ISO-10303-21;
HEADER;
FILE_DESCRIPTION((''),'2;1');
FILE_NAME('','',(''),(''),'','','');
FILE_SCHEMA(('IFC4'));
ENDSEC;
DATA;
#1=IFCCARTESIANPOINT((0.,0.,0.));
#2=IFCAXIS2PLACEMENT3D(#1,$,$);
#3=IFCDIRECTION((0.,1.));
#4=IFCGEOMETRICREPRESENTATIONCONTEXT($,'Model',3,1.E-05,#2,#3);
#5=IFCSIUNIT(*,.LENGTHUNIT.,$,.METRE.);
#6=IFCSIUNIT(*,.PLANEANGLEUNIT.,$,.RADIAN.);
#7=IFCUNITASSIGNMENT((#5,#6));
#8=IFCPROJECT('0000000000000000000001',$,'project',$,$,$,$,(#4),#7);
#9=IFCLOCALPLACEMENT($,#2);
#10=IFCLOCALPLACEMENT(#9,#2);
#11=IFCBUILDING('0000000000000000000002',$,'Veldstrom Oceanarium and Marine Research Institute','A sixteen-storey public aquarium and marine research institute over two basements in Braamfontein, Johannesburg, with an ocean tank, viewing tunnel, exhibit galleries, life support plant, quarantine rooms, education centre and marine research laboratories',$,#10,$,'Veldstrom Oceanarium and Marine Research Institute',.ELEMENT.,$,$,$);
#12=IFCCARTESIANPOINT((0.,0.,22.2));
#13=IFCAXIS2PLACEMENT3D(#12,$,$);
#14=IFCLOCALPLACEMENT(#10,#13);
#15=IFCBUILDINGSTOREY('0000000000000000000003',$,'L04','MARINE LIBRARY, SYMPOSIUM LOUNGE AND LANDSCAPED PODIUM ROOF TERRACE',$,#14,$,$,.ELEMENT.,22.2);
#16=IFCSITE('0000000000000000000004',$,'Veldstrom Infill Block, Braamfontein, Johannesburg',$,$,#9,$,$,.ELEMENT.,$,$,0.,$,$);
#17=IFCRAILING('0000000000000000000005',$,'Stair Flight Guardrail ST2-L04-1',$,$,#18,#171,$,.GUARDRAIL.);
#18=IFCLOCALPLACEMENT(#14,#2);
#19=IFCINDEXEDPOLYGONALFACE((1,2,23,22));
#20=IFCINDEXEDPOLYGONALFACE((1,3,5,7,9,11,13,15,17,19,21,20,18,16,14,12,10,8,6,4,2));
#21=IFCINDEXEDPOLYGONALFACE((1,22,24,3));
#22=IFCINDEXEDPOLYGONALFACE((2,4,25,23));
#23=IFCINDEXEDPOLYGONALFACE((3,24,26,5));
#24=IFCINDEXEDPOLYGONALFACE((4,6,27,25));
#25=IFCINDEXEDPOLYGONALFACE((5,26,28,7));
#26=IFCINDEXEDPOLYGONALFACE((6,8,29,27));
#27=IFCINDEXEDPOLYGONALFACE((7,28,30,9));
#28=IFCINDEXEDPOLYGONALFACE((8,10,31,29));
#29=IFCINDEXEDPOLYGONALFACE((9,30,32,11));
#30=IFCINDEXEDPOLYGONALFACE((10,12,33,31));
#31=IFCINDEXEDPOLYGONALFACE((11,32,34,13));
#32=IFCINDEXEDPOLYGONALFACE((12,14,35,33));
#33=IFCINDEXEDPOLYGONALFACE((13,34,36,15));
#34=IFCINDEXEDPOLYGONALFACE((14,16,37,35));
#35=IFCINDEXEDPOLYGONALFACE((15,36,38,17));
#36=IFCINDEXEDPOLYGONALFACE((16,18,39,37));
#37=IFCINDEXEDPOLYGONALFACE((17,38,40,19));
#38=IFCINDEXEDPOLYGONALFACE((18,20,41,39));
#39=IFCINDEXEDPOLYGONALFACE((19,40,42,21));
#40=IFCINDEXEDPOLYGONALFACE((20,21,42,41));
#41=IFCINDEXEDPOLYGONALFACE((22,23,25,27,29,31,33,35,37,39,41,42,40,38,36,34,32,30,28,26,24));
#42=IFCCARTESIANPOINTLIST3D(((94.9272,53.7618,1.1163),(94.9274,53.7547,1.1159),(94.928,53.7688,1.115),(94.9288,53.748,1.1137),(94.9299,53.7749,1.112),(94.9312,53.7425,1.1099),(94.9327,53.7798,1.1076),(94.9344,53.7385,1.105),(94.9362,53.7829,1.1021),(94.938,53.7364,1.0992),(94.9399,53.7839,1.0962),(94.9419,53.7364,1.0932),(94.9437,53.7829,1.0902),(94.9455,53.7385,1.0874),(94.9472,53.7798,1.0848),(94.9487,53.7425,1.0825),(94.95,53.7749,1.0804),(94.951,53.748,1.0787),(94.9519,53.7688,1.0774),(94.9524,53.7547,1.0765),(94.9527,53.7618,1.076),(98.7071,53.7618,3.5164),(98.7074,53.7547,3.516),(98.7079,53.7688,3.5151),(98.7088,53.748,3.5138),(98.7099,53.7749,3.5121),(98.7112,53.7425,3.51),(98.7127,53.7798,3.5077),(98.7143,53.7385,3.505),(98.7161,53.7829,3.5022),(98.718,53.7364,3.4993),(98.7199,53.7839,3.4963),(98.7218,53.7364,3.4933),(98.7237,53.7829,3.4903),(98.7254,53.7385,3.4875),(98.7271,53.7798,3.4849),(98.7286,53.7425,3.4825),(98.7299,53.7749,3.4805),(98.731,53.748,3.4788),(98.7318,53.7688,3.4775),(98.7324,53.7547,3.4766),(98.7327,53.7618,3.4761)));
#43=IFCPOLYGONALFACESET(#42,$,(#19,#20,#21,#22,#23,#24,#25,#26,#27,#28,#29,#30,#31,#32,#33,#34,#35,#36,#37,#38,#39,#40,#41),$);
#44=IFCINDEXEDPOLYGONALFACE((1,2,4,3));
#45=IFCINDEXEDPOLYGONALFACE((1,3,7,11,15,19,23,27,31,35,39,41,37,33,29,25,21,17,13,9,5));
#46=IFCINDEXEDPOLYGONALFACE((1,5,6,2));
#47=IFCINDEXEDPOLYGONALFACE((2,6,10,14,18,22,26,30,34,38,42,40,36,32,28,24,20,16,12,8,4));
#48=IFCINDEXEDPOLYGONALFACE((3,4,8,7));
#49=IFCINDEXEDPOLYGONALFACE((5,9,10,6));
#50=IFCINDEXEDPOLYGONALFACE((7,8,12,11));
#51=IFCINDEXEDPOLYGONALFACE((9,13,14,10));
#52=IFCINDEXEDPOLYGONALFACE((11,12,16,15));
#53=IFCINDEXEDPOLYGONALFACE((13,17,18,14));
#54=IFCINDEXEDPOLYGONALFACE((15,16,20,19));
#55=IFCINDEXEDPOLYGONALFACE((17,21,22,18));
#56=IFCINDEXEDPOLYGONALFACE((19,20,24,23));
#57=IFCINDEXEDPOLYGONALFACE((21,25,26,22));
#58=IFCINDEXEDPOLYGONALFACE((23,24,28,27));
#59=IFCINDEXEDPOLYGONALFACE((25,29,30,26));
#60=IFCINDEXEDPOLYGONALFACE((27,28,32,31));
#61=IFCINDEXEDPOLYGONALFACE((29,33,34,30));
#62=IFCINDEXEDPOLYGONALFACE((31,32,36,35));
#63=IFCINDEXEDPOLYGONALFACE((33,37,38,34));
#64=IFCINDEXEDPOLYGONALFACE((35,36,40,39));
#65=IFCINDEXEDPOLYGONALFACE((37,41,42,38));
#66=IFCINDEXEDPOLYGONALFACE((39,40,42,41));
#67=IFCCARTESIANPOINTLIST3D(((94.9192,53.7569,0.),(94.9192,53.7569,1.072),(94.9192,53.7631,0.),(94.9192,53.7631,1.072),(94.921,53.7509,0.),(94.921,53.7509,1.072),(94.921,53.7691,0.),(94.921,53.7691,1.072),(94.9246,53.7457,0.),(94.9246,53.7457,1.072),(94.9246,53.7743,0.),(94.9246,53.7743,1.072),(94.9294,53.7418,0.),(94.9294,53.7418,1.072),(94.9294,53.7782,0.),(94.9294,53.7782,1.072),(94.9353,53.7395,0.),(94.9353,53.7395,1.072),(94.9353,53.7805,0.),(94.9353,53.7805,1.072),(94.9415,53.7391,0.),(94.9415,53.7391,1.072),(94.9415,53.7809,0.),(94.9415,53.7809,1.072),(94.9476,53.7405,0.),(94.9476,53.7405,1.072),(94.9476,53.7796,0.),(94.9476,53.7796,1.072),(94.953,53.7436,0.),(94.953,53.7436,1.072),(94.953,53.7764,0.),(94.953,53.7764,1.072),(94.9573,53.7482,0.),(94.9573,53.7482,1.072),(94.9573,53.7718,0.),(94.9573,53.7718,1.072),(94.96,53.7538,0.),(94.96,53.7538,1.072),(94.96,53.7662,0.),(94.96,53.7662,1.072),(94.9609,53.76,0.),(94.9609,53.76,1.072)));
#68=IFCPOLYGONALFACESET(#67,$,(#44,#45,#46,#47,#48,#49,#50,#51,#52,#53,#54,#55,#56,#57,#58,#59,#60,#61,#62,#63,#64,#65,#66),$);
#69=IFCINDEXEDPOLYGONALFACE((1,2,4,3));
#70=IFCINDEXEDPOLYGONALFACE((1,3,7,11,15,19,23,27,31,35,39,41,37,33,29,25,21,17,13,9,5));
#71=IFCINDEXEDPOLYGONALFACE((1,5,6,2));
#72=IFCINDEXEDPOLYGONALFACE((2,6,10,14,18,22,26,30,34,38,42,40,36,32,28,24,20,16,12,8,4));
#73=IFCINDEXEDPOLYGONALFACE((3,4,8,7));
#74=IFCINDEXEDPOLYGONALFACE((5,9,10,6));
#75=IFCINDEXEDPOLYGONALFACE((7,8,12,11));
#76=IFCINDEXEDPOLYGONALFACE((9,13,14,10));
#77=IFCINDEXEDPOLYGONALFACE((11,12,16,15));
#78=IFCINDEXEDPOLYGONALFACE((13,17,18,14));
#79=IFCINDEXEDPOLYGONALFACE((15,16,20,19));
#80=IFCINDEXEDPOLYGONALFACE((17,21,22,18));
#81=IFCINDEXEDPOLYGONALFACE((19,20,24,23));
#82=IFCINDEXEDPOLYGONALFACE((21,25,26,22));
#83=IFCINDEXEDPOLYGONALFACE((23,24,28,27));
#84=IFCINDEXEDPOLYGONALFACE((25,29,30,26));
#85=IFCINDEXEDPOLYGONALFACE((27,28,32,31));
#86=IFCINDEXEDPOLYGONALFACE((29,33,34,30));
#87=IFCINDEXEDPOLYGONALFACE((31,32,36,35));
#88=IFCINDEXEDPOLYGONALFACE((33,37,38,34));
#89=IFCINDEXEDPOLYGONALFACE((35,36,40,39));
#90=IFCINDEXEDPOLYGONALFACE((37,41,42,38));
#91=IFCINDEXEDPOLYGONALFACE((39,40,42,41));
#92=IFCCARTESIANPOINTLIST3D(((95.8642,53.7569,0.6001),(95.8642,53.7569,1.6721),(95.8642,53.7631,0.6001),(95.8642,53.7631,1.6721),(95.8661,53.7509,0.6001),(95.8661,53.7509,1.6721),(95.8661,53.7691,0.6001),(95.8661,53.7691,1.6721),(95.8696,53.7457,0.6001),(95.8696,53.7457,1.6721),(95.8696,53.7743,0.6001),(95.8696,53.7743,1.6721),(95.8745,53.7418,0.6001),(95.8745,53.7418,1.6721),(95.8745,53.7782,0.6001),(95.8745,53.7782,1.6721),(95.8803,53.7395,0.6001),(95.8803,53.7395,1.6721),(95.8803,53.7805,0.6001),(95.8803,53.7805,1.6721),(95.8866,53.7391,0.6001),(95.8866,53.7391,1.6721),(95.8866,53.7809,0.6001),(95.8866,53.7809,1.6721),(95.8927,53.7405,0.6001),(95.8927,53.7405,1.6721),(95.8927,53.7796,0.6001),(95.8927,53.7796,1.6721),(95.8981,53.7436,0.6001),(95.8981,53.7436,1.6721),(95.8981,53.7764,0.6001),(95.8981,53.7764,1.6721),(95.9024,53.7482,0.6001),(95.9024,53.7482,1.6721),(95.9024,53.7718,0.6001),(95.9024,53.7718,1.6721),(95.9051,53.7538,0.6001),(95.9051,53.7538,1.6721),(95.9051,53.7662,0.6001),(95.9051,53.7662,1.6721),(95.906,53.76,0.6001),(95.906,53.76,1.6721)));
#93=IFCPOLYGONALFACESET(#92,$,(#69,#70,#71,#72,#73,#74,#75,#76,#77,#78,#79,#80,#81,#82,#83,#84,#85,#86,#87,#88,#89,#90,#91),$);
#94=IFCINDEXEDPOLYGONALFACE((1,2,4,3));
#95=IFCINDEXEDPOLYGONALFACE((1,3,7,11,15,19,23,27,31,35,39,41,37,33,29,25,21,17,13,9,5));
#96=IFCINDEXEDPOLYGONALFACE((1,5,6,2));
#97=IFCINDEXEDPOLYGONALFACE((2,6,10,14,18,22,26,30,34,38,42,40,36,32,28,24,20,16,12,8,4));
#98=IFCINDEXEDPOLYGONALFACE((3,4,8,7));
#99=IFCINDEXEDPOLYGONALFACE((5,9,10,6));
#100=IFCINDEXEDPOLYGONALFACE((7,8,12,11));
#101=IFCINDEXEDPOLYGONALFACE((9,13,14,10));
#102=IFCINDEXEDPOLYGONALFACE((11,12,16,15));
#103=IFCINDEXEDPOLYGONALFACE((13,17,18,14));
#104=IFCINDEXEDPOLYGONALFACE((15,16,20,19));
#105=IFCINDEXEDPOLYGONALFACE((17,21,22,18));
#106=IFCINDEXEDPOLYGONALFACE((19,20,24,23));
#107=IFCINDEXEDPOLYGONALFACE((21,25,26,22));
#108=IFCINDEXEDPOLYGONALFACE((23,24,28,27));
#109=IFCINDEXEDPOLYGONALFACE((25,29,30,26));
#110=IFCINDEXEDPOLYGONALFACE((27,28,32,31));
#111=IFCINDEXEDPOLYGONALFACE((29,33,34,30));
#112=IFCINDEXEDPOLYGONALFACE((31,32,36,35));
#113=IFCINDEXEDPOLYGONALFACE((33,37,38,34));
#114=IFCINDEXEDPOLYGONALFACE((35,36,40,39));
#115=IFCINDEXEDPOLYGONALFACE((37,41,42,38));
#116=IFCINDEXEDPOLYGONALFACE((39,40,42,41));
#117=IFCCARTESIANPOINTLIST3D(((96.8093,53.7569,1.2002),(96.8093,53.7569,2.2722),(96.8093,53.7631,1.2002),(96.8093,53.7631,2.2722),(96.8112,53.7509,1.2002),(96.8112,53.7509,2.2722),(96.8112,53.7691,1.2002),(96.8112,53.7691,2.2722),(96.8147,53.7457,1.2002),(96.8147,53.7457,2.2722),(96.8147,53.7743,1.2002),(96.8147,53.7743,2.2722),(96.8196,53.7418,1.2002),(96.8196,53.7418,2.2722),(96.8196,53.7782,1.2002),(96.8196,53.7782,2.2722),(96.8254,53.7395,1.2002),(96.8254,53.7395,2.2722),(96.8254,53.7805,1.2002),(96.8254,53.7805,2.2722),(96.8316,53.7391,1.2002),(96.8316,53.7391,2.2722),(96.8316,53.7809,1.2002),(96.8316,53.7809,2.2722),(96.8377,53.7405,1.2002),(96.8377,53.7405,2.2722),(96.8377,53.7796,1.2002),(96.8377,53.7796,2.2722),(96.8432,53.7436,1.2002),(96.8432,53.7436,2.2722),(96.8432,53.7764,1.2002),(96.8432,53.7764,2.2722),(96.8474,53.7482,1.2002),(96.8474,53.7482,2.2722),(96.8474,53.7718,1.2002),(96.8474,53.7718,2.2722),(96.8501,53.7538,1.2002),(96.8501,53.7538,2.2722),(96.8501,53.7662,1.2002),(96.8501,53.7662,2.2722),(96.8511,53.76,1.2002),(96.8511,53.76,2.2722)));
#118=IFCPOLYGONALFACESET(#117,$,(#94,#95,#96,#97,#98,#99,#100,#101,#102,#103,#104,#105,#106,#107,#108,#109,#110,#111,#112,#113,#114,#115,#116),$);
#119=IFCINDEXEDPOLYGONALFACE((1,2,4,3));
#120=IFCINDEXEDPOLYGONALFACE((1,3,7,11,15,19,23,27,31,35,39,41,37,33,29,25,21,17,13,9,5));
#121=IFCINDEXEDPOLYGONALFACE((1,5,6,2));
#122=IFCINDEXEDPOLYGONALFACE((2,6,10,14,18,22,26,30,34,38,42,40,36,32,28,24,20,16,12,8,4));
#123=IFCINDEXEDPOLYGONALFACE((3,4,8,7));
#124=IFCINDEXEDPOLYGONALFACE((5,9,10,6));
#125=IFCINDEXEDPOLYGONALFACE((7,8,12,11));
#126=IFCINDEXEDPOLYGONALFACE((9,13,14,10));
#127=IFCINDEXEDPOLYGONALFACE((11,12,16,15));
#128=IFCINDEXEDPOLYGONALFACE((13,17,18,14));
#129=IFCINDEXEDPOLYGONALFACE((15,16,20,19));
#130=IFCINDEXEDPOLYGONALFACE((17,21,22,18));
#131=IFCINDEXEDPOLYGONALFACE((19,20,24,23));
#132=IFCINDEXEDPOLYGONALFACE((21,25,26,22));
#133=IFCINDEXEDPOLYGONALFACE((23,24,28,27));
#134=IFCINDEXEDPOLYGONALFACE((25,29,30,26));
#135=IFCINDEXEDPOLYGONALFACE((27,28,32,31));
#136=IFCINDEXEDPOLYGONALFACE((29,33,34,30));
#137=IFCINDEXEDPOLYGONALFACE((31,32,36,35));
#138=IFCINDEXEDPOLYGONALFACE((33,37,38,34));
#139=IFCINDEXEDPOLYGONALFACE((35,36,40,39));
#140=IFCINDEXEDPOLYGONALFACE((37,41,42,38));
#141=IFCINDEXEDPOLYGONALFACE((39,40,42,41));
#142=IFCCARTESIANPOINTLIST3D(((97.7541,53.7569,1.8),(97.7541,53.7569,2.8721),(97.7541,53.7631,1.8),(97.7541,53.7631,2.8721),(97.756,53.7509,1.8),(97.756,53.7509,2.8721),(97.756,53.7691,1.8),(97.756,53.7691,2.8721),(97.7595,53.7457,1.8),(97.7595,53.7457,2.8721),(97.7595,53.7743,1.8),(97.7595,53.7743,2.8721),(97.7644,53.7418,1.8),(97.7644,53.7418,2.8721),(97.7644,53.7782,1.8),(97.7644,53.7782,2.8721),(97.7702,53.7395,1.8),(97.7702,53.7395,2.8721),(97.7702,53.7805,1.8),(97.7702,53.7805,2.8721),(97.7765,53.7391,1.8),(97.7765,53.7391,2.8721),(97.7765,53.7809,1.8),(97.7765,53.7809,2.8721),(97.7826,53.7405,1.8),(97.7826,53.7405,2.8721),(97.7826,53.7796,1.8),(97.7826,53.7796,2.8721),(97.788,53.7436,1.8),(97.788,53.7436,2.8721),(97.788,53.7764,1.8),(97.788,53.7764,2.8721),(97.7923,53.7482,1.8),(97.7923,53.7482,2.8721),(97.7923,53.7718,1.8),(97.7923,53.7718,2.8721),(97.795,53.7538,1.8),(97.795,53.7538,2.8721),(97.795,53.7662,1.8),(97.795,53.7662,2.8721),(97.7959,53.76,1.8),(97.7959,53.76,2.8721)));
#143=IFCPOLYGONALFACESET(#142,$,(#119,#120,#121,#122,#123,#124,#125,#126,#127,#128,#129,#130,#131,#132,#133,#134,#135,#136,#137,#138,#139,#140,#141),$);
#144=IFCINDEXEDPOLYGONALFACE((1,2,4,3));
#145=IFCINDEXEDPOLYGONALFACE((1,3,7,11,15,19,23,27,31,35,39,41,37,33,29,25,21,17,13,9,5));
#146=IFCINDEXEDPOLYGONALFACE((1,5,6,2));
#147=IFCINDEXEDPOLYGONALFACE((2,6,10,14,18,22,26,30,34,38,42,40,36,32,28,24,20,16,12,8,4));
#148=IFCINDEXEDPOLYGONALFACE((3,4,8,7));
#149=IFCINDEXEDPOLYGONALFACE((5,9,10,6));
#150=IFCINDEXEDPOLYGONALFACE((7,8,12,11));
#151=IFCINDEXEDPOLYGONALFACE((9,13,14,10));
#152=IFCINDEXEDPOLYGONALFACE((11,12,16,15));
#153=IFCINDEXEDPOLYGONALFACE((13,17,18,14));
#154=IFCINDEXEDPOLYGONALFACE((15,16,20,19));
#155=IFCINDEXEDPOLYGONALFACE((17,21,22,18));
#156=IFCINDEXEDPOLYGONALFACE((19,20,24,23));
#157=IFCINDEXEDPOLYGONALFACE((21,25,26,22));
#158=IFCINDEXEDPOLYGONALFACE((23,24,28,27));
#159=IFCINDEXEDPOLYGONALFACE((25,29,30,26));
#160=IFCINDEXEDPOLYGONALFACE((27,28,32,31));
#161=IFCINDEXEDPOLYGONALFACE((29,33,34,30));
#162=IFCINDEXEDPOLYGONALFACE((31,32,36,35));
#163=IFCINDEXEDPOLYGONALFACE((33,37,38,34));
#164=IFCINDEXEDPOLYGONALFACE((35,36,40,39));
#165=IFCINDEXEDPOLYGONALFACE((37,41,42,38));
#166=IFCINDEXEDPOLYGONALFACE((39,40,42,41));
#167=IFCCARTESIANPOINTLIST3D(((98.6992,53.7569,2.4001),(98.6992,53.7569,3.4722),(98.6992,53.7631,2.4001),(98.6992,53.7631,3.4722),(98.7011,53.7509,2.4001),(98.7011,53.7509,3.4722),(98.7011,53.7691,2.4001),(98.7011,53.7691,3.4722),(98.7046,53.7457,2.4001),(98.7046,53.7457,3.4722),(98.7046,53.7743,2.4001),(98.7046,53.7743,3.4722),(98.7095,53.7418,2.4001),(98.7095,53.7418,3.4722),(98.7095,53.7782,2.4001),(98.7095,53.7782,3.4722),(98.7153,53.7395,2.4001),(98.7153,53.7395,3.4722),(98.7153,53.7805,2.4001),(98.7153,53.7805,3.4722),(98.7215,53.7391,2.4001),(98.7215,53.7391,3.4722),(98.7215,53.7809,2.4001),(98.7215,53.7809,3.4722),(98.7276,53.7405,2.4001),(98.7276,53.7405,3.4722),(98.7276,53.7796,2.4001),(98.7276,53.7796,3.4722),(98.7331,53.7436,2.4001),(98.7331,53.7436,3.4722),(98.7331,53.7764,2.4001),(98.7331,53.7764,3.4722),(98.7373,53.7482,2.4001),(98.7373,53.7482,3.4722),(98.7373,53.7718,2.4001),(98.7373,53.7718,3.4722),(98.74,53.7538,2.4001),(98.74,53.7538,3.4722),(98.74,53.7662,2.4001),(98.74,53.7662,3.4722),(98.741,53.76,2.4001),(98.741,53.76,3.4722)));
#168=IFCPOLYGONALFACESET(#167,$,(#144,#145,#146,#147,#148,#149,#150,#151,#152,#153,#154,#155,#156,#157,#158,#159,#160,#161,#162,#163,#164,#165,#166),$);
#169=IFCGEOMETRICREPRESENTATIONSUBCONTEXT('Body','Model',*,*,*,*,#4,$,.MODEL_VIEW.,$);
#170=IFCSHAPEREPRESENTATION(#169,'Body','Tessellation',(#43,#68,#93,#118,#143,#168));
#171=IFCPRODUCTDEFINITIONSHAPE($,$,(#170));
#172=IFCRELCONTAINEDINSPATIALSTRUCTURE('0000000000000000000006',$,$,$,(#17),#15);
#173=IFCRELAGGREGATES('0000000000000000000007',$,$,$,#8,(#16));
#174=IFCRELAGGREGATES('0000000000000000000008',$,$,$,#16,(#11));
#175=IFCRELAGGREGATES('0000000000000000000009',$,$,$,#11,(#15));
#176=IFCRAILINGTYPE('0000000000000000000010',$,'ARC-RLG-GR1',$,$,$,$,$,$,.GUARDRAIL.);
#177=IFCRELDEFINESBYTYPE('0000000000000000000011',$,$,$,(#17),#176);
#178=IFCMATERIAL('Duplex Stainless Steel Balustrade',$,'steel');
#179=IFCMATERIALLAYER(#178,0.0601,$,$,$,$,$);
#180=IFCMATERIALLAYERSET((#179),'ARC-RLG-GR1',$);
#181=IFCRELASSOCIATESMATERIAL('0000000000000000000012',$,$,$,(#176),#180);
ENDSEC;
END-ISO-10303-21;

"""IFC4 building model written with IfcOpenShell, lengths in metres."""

from ifc_helpers import new_model, si_unit, direction, frame, origin, origin_2d, place, context, subcontext, project, spatial, circle, extrude, material, layer, layer_set, type_object, element, save


model = new_model("IFC4")

# Units and contexts
model_context = context("Model", 3, precision=1e-05, world=origin(), true_north=direction((0.0, 1.0)))
body_context = subcontext(model_context, "Body", "Model", "MODEL_VIEW")
ifc_project = project(units=[si_unit("LENGTHUNIT", "METRE"), si_unit("PLANEANGLEUNIT", "RADIAN")], contexts=[model_context])

# Site, building, storey
site_placement = place(None, origin())
site = spatial("IfcSite", under=ifc_project, at=site_placement, Name="Veldstrom Infill Block, Braamfontein, Johannesburg", CompositionType="ELEMENT", RefElevation=0.0)
building_placement = place(site_placement, origin())
building = spatial("IfcBuilding", under=site, at=building_placement, Name="Veldstrom Oceanarium and Marine Research Institute", Description="A sixteen-storey public aquarium and marine research institute over two basements in Braamfontein, Johannesburg, with an ocean tank, viewing tunnel, exhibit galleries, life support plant, quarantine rooms, education centre and marine research laboratories", LongName="Veldstrom Oceanarium and Marine Research Institute", CompositionType="ELEMENT")
storey_placement = place(building_placement, frame((0.0, 0.0, 22.2)))
storey = spatial("IfcBuildingStorey", under=building, at=storey_placement, Name="L04", Description="MARINE LIBRARY, SYMPOSIUM LOUNGE AND LANDSCAPED PODIUM ROOF TERRACE", CompositionType="ELEMENT", Elevation=22.2)

# Railing
ifc_material_1 = material(Name="Duplex Stainless Steel Balustrade", Category="steel")
ifc_layer_1 = layer(ifc_material_1, 0.0601)
ifc_layer_set_1 = layer_set([ifc_layer_1], Name="ARC-RLG-GR1")
railing_type_1 = type_object("IfcRailingType", Name="ARC-RLG-GR1", PredefinedType="GUARDRAIL", material=ifc_layer_set_1)
railing_1_placement = place(storey_placement, frame((94.9399, 53.76, 0.0)))
element("IfcRailing", 1, at=railing_1_placement, inside=storey, type_object=railing_type_1, Name="Stair Flight Guardrail ST2-L04-1", PredefinedType="GUARDRAIL", context=body_context, shape_type="SweptSolid", body=[
    extrude(circle(Radius=0.0239, at=origin_2d()), frame((0.0, 0.0, 1.0962), z_axis=(0.8442, 0.0, 0.536028), x_axis=(0.0, 1.0, 0.0)), (0.0, 0.0, 1.0), 4.4775),
    extrude(circle(Radius=0.021, at=origin_2d()), origin(), (0.0, 0.0, 1.0), 1.072),
    extrude(circle(Radius=0.021, at=origin_2d()), frame((0.9451, 0.0, 0.6001)), (0.0, 0.0, 1.0), 1.072),
    extrude(circle(Radius=0.021, at=origin_2d()), frame((1.8901, 0.0, 1.2002)), (0.0, 0.0, 1.0), 1.072),
    extrude(circle(Radius=0.021, at=origin_2d()), frame((2.835, 0.0, 1.8)), (0.0, 0.0, 1.0), 1.072),
    extrude(circle(Radius=0.021, at=origin_2d()), frame((3.78, 0.0, 2.4001)), (0.0, 0.0, 1.0), 1.072),
])

save(model, "model.ifc")
